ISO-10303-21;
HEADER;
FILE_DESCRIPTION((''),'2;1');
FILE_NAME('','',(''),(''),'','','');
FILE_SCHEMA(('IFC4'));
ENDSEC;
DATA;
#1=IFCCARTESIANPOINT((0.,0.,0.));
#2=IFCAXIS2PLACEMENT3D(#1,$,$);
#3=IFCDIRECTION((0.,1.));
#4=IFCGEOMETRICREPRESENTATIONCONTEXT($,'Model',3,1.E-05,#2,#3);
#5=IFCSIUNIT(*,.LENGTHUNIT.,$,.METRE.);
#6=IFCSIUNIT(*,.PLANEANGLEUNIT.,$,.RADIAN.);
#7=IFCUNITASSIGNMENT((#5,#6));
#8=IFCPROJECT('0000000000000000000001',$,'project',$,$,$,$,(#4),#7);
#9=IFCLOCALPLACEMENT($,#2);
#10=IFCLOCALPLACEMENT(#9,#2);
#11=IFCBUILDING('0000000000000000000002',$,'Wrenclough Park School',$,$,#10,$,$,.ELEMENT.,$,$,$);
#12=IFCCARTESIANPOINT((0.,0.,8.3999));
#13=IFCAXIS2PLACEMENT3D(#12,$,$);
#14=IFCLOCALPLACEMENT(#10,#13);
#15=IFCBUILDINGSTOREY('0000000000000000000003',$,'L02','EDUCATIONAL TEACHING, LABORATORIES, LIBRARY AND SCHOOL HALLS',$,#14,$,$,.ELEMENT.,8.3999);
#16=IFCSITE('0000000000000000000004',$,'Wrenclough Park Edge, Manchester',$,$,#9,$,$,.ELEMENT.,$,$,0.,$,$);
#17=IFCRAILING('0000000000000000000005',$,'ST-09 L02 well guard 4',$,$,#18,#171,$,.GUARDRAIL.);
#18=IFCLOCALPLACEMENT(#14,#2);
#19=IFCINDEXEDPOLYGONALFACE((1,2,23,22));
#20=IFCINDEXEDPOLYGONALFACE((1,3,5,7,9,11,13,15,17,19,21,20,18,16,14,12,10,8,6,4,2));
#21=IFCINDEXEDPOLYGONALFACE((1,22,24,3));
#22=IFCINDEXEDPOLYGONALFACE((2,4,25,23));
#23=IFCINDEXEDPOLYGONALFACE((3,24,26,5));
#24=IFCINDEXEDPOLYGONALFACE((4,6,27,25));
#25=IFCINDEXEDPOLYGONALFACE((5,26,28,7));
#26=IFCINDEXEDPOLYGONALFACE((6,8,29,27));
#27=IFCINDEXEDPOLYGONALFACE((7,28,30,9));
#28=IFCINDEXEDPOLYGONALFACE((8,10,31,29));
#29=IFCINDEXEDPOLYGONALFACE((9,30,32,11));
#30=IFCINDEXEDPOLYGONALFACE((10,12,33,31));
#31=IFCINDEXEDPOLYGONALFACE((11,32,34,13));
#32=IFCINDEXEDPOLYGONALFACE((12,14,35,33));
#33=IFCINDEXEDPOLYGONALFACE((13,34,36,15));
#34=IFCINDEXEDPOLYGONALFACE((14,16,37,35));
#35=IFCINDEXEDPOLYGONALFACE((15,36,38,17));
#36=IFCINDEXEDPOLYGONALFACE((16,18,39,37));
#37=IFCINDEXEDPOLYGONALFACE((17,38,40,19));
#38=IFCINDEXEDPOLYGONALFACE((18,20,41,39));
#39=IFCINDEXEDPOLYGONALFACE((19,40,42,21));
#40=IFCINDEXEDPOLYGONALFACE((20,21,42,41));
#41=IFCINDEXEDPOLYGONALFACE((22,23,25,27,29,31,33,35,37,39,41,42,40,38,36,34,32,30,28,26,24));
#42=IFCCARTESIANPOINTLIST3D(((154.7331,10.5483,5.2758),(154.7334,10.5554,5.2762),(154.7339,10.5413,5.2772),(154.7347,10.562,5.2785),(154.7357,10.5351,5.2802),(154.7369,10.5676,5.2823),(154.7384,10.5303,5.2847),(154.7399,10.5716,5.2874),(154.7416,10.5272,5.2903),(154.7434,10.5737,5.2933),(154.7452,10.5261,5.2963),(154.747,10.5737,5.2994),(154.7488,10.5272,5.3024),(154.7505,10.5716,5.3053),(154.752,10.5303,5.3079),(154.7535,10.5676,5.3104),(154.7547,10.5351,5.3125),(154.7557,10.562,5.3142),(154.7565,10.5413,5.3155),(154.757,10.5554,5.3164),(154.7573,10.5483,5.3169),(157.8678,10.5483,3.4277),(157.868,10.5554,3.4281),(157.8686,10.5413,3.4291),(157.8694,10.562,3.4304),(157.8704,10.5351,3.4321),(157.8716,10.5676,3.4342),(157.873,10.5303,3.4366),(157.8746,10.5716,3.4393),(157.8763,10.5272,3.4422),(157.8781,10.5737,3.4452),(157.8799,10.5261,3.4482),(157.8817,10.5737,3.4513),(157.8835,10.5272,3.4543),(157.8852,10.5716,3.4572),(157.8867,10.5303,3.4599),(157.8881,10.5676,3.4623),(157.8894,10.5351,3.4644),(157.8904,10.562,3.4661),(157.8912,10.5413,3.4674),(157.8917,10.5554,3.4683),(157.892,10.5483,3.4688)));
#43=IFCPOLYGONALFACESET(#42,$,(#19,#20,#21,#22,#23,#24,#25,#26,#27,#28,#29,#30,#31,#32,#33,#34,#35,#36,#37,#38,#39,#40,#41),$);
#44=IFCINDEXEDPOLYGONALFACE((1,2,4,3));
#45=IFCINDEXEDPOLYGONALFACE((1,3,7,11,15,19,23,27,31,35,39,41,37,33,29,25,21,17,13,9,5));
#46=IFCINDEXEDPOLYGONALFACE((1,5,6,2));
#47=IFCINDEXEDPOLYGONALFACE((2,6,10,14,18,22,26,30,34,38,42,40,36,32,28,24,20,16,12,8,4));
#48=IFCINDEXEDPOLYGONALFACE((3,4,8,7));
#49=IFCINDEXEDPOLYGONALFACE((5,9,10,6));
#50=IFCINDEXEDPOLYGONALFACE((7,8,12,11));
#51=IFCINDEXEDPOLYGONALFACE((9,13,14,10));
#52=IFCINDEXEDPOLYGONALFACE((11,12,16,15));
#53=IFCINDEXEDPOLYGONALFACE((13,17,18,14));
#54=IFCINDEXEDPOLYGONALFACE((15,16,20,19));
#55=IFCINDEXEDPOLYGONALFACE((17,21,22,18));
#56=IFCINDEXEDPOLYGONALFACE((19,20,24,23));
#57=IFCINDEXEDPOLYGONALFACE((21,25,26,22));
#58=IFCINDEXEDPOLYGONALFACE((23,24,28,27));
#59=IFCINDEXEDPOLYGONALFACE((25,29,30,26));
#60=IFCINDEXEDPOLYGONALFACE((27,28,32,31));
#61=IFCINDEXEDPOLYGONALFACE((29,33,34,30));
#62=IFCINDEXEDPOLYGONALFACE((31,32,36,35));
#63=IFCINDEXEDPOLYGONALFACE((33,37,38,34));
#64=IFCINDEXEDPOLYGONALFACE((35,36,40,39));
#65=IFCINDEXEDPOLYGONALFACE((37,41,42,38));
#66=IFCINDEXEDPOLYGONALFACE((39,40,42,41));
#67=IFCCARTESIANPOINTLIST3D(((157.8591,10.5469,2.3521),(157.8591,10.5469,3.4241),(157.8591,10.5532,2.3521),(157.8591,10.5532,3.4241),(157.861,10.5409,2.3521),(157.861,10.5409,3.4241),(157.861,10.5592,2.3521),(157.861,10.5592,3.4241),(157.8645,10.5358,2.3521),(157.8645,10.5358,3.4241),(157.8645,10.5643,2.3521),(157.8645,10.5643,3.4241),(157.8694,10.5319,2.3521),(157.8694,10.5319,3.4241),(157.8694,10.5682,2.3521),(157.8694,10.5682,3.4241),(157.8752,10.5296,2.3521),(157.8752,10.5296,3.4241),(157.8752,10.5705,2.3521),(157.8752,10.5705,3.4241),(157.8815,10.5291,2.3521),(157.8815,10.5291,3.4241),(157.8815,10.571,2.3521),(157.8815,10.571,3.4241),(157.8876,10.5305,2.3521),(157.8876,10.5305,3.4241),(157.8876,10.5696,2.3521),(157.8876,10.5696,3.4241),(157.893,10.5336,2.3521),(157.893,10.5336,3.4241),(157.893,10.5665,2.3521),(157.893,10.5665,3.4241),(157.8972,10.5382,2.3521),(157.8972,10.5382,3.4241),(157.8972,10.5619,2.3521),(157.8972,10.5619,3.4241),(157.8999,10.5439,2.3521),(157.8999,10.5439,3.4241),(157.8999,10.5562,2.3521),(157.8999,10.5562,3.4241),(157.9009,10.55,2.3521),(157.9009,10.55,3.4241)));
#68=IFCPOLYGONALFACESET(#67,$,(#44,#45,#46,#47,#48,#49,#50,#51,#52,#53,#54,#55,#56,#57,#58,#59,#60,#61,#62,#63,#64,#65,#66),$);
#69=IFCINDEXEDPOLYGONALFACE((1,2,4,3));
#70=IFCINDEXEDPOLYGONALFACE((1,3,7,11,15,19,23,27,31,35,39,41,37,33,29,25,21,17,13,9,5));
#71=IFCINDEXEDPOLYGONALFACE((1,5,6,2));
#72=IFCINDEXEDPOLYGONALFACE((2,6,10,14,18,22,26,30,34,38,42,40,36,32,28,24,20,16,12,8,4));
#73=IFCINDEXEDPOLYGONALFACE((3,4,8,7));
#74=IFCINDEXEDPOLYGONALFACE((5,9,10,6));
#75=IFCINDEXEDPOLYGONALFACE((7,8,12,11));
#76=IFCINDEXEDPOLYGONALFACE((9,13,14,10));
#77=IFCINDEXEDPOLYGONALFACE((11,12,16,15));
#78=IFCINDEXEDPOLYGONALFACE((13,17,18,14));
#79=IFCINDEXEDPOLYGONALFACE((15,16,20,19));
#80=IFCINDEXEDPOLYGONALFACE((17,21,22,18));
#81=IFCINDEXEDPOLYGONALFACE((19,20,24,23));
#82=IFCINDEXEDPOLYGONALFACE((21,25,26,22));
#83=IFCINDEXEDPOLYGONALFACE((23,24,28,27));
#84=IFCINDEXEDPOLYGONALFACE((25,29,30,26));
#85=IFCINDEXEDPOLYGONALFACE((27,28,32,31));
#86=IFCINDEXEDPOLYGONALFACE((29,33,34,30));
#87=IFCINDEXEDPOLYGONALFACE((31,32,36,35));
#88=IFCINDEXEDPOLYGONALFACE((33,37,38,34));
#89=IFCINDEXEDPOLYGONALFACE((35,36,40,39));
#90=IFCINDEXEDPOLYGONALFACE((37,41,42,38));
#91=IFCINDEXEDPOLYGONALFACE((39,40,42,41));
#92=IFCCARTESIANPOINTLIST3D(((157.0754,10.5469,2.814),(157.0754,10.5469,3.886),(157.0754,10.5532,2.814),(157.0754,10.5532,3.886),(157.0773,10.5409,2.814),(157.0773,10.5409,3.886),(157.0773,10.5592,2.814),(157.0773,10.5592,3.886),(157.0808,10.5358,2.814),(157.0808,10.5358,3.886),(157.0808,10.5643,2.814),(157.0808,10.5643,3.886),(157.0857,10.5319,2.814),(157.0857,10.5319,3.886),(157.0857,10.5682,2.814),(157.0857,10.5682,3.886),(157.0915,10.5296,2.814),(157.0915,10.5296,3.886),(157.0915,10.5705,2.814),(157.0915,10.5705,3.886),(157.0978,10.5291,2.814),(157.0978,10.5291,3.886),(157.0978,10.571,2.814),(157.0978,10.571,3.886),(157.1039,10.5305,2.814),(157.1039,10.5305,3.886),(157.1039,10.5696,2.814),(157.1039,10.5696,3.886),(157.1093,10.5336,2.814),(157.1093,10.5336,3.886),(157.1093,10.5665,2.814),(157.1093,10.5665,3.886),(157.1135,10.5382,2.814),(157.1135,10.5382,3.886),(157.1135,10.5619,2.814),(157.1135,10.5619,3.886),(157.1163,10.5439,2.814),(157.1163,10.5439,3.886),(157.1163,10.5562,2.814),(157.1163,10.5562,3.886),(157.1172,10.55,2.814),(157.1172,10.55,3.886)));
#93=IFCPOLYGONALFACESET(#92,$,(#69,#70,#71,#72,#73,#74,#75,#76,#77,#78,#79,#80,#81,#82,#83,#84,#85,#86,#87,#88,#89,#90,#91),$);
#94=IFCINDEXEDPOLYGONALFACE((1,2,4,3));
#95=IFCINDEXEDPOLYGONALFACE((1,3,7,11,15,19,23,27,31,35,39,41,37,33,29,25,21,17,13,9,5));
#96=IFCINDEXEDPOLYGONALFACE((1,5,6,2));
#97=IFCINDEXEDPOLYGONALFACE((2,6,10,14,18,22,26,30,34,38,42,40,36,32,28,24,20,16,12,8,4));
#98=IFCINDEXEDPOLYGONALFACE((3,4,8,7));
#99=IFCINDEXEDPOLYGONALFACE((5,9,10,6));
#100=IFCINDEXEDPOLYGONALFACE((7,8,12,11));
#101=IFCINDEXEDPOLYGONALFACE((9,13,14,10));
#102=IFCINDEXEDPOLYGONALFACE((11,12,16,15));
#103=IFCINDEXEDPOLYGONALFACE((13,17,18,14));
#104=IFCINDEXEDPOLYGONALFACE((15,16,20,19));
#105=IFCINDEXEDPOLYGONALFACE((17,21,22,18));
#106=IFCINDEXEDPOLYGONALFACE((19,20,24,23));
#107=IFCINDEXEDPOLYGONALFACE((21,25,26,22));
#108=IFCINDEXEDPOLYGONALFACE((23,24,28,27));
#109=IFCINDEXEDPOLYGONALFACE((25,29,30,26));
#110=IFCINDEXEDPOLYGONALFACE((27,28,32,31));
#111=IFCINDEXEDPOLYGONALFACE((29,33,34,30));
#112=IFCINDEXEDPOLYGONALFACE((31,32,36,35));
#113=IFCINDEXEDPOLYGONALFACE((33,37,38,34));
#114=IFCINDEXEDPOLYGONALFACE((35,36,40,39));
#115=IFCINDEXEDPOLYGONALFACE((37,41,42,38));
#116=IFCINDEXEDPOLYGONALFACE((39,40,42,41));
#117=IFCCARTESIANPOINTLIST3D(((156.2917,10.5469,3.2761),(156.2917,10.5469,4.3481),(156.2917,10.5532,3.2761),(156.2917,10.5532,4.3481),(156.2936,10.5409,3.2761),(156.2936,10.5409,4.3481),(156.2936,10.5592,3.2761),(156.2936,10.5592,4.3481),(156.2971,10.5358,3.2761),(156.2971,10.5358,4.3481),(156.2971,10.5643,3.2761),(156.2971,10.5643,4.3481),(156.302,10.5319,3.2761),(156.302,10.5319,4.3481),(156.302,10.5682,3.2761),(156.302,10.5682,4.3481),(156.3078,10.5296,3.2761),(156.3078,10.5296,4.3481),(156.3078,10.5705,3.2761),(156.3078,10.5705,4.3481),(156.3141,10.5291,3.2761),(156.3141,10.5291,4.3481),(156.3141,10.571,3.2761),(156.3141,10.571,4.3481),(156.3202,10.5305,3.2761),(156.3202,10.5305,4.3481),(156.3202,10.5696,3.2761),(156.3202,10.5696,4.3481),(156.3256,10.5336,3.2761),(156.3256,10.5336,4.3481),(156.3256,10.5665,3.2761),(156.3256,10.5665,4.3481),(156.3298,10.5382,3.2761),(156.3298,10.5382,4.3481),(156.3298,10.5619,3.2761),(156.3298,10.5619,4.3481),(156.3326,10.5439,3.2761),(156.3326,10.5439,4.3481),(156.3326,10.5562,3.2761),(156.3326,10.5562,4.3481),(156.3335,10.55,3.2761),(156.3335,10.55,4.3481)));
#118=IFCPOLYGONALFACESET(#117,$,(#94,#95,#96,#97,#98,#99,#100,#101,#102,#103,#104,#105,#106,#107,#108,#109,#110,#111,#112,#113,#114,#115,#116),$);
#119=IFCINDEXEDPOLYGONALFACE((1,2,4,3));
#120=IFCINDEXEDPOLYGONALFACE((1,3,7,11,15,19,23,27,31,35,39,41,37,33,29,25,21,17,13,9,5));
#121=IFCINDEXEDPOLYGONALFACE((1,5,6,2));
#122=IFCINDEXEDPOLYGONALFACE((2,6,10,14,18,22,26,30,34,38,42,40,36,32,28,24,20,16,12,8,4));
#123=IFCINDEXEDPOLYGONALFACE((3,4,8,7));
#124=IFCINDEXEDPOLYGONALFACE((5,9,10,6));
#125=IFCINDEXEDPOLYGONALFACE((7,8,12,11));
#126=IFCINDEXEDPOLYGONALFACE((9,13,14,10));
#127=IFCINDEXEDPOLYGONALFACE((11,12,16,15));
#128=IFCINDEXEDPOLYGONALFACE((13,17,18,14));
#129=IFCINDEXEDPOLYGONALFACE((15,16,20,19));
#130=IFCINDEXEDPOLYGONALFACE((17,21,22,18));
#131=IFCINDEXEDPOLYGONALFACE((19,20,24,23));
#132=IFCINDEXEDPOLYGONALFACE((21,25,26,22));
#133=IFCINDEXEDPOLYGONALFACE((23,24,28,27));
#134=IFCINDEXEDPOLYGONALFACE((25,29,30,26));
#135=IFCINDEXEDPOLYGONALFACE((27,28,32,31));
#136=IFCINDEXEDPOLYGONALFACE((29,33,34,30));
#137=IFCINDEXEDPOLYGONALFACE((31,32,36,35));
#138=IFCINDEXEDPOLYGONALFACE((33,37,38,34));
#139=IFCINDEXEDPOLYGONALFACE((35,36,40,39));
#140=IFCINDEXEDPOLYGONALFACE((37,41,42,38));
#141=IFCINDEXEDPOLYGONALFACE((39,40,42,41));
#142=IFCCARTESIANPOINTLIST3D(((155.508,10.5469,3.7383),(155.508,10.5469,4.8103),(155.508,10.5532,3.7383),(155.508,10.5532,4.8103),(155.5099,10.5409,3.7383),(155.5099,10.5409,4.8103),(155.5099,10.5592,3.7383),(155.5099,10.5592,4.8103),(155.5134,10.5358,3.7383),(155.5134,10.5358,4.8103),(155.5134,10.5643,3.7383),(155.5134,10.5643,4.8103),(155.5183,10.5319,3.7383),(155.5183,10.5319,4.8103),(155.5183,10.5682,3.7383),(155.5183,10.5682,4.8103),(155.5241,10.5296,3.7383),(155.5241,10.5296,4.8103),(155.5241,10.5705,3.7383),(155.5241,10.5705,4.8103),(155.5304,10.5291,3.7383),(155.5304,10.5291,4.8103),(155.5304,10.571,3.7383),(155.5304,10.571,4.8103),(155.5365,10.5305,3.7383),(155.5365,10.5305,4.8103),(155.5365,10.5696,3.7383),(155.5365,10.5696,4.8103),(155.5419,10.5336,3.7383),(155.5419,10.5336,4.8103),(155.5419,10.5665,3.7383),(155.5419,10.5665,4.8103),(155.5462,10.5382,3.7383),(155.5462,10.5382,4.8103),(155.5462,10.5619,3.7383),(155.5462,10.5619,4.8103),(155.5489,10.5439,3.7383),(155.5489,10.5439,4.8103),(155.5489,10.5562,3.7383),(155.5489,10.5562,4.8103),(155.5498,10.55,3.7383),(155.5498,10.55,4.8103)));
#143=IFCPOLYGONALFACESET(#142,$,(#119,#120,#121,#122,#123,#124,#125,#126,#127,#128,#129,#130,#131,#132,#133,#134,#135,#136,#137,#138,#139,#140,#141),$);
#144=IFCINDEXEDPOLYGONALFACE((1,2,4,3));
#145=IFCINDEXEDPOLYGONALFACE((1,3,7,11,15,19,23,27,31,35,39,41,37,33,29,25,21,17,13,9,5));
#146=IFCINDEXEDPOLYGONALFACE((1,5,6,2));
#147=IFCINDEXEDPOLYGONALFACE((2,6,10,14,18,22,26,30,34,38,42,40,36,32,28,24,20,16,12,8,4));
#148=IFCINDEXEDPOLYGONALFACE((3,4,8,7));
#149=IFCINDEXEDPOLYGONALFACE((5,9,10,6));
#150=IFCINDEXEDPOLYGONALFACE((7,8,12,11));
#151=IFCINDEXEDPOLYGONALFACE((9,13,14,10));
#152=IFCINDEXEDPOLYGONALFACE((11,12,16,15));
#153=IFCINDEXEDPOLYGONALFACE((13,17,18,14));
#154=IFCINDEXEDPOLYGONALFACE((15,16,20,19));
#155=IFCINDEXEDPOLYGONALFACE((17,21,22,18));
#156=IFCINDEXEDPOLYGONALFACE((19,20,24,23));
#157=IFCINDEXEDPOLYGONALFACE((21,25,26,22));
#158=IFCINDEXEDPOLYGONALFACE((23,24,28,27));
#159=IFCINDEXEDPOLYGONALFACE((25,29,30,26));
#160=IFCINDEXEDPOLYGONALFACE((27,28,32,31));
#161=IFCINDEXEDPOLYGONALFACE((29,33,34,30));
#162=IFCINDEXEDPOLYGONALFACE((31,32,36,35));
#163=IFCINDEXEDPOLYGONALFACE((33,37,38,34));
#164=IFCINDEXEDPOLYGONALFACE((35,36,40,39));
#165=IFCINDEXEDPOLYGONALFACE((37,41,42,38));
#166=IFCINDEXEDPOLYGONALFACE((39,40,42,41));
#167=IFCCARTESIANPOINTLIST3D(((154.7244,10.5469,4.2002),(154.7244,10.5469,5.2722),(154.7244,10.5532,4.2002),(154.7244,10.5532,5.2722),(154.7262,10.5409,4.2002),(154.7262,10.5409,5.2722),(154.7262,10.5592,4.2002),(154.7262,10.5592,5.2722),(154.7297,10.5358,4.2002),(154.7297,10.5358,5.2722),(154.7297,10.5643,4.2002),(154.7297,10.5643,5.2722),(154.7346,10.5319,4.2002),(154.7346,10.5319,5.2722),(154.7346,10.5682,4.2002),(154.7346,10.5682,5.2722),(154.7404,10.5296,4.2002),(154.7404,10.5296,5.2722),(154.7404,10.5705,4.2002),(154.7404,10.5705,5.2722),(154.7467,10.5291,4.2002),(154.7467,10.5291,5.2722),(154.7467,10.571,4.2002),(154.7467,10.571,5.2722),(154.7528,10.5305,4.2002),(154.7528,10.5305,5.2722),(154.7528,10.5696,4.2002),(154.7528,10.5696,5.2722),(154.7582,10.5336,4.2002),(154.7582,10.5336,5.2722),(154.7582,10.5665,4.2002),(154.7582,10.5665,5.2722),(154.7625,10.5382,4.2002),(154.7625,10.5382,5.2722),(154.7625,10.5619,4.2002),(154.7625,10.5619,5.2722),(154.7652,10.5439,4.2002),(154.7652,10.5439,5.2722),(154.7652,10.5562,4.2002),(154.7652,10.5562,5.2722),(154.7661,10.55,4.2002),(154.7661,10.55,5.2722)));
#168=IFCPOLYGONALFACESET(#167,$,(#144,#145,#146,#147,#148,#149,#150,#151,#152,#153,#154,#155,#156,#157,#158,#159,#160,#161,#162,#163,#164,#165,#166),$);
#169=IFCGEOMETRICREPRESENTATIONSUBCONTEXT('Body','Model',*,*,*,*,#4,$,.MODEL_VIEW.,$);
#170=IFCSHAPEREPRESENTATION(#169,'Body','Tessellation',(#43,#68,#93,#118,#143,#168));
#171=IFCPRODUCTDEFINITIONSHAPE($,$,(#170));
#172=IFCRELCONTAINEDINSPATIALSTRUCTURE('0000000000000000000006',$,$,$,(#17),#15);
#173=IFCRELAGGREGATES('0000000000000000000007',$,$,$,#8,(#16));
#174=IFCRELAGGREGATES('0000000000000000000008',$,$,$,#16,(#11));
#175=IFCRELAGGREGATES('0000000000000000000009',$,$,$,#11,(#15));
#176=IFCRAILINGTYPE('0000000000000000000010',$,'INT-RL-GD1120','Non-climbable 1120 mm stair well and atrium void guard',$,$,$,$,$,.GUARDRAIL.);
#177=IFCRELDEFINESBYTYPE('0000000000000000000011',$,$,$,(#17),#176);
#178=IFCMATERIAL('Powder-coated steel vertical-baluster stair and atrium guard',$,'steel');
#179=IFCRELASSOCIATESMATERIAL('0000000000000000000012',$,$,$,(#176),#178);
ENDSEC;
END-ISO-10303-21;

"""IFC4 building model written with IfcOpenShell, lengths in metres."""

from ifc_helpers import new_model, si_unit, direction, frame, origin, origin_2d, place, context, subcontext, project, spatial, circle, extrude, material, type_object, element, save


model = new_model("IFC4")

# Units and contexts
model_context = context("Model", 3, precision=1e-05, world=origin(), true_north=direction((0.0, 1.0)))
body_context = subcontext(model_context, "Body", "Model", "MODEL_VIEW")
ifc_project = project(units=[si_unit("LENGTHUNIT", "METRE"), si_unit("PLANEANGLEUNIT", "RADIAN")], contexts=[model_context])

# Site, building, storey
site_placement = place(None, origin())
site = spatial("IfcSite", under=ifc_project, at=site_placement, Name="Wrenclough Park Edge, Manchester", CompositionType="ELEMENT", RefElevation=0.0)
building_placement = place(site_placement, origin())
building = spatial("IfcBuilding", under=site, at=building_placement, Name="Wrenclough Park School", CompositionType="ELEMENT")
storey_placement = place(building_placement, frame((0.0, 0.0, 8.3999)))
storey = spatial("IfcBuildingStorey", under=building, at=storey_placement, Name="L02", Description="EDUCATIONAL TEACHING, LABORATORIES, LIBRARY AND SCHOOL HALLS", CompositionType="ELEMENT", Elevation=8.3999)

# Railing
ifc_material_1 = material(Name="Powder-coated steel vertical-baluster stair and atrium guard", Category="steel")
railing_type_1 = type_object("IfcRailingType", Name="INT-RL-GD1120", Description="Non-climbable 1120 mm stair well and atrium void guard", PredefinedType="GUARDRAIL", material=ifc_material_1)
railing_1_placement = place(storey_placement, frame((157.8799, 10.55, 2.3521)))
element("IfcRailing", 1, at=railing_1_placement, inside=storey, type_object=railing_type_1, Name="ST-09 L02 well guard 4", PredefinedType="GUARDRAIL", context=body_context, shape_type="SweptSolid", body=[
    extrude(circle(Radius=0.0239, at=origin_2d()), frame((0.0, 0.0, 1.0962), z_axis=(-0.861434, 0.0, 0.50787), x_axis=(0.0, -1.0, 0.0)), (0.0, 0.0, 1.0), 3.6389),
    extrude(circle(Radius=0.021, at=origin_2d()), origin(), (0.0, 0.0, 1.0), 1.072),
    extrude(circle(Radius=0.021, at=origin_2d()), frame((-0.7837, 0.0, 0.4619)), (0.0, 0.0, 1.0), 1.072),
    extrude(circle(Radius=0.021, at=origin_2d()), frame((-1.5674, 0.0, 0.9241)), (0.0, 0.0, 1.0), 1.072),
    extrude(circle(Radius=0.021, at=origin_2d()), frame((-2.3511, 0.0, 1.3862)), (0.0, 0.0, 1.0), 1.072),
    extrude(circle(Radius=0.021, at=origin_2d()), frame((-3.1348, 0.0, 1.8481)), (0.0, 0.0, 1.0), 1.072),
])

save(model, "model.ifc")
